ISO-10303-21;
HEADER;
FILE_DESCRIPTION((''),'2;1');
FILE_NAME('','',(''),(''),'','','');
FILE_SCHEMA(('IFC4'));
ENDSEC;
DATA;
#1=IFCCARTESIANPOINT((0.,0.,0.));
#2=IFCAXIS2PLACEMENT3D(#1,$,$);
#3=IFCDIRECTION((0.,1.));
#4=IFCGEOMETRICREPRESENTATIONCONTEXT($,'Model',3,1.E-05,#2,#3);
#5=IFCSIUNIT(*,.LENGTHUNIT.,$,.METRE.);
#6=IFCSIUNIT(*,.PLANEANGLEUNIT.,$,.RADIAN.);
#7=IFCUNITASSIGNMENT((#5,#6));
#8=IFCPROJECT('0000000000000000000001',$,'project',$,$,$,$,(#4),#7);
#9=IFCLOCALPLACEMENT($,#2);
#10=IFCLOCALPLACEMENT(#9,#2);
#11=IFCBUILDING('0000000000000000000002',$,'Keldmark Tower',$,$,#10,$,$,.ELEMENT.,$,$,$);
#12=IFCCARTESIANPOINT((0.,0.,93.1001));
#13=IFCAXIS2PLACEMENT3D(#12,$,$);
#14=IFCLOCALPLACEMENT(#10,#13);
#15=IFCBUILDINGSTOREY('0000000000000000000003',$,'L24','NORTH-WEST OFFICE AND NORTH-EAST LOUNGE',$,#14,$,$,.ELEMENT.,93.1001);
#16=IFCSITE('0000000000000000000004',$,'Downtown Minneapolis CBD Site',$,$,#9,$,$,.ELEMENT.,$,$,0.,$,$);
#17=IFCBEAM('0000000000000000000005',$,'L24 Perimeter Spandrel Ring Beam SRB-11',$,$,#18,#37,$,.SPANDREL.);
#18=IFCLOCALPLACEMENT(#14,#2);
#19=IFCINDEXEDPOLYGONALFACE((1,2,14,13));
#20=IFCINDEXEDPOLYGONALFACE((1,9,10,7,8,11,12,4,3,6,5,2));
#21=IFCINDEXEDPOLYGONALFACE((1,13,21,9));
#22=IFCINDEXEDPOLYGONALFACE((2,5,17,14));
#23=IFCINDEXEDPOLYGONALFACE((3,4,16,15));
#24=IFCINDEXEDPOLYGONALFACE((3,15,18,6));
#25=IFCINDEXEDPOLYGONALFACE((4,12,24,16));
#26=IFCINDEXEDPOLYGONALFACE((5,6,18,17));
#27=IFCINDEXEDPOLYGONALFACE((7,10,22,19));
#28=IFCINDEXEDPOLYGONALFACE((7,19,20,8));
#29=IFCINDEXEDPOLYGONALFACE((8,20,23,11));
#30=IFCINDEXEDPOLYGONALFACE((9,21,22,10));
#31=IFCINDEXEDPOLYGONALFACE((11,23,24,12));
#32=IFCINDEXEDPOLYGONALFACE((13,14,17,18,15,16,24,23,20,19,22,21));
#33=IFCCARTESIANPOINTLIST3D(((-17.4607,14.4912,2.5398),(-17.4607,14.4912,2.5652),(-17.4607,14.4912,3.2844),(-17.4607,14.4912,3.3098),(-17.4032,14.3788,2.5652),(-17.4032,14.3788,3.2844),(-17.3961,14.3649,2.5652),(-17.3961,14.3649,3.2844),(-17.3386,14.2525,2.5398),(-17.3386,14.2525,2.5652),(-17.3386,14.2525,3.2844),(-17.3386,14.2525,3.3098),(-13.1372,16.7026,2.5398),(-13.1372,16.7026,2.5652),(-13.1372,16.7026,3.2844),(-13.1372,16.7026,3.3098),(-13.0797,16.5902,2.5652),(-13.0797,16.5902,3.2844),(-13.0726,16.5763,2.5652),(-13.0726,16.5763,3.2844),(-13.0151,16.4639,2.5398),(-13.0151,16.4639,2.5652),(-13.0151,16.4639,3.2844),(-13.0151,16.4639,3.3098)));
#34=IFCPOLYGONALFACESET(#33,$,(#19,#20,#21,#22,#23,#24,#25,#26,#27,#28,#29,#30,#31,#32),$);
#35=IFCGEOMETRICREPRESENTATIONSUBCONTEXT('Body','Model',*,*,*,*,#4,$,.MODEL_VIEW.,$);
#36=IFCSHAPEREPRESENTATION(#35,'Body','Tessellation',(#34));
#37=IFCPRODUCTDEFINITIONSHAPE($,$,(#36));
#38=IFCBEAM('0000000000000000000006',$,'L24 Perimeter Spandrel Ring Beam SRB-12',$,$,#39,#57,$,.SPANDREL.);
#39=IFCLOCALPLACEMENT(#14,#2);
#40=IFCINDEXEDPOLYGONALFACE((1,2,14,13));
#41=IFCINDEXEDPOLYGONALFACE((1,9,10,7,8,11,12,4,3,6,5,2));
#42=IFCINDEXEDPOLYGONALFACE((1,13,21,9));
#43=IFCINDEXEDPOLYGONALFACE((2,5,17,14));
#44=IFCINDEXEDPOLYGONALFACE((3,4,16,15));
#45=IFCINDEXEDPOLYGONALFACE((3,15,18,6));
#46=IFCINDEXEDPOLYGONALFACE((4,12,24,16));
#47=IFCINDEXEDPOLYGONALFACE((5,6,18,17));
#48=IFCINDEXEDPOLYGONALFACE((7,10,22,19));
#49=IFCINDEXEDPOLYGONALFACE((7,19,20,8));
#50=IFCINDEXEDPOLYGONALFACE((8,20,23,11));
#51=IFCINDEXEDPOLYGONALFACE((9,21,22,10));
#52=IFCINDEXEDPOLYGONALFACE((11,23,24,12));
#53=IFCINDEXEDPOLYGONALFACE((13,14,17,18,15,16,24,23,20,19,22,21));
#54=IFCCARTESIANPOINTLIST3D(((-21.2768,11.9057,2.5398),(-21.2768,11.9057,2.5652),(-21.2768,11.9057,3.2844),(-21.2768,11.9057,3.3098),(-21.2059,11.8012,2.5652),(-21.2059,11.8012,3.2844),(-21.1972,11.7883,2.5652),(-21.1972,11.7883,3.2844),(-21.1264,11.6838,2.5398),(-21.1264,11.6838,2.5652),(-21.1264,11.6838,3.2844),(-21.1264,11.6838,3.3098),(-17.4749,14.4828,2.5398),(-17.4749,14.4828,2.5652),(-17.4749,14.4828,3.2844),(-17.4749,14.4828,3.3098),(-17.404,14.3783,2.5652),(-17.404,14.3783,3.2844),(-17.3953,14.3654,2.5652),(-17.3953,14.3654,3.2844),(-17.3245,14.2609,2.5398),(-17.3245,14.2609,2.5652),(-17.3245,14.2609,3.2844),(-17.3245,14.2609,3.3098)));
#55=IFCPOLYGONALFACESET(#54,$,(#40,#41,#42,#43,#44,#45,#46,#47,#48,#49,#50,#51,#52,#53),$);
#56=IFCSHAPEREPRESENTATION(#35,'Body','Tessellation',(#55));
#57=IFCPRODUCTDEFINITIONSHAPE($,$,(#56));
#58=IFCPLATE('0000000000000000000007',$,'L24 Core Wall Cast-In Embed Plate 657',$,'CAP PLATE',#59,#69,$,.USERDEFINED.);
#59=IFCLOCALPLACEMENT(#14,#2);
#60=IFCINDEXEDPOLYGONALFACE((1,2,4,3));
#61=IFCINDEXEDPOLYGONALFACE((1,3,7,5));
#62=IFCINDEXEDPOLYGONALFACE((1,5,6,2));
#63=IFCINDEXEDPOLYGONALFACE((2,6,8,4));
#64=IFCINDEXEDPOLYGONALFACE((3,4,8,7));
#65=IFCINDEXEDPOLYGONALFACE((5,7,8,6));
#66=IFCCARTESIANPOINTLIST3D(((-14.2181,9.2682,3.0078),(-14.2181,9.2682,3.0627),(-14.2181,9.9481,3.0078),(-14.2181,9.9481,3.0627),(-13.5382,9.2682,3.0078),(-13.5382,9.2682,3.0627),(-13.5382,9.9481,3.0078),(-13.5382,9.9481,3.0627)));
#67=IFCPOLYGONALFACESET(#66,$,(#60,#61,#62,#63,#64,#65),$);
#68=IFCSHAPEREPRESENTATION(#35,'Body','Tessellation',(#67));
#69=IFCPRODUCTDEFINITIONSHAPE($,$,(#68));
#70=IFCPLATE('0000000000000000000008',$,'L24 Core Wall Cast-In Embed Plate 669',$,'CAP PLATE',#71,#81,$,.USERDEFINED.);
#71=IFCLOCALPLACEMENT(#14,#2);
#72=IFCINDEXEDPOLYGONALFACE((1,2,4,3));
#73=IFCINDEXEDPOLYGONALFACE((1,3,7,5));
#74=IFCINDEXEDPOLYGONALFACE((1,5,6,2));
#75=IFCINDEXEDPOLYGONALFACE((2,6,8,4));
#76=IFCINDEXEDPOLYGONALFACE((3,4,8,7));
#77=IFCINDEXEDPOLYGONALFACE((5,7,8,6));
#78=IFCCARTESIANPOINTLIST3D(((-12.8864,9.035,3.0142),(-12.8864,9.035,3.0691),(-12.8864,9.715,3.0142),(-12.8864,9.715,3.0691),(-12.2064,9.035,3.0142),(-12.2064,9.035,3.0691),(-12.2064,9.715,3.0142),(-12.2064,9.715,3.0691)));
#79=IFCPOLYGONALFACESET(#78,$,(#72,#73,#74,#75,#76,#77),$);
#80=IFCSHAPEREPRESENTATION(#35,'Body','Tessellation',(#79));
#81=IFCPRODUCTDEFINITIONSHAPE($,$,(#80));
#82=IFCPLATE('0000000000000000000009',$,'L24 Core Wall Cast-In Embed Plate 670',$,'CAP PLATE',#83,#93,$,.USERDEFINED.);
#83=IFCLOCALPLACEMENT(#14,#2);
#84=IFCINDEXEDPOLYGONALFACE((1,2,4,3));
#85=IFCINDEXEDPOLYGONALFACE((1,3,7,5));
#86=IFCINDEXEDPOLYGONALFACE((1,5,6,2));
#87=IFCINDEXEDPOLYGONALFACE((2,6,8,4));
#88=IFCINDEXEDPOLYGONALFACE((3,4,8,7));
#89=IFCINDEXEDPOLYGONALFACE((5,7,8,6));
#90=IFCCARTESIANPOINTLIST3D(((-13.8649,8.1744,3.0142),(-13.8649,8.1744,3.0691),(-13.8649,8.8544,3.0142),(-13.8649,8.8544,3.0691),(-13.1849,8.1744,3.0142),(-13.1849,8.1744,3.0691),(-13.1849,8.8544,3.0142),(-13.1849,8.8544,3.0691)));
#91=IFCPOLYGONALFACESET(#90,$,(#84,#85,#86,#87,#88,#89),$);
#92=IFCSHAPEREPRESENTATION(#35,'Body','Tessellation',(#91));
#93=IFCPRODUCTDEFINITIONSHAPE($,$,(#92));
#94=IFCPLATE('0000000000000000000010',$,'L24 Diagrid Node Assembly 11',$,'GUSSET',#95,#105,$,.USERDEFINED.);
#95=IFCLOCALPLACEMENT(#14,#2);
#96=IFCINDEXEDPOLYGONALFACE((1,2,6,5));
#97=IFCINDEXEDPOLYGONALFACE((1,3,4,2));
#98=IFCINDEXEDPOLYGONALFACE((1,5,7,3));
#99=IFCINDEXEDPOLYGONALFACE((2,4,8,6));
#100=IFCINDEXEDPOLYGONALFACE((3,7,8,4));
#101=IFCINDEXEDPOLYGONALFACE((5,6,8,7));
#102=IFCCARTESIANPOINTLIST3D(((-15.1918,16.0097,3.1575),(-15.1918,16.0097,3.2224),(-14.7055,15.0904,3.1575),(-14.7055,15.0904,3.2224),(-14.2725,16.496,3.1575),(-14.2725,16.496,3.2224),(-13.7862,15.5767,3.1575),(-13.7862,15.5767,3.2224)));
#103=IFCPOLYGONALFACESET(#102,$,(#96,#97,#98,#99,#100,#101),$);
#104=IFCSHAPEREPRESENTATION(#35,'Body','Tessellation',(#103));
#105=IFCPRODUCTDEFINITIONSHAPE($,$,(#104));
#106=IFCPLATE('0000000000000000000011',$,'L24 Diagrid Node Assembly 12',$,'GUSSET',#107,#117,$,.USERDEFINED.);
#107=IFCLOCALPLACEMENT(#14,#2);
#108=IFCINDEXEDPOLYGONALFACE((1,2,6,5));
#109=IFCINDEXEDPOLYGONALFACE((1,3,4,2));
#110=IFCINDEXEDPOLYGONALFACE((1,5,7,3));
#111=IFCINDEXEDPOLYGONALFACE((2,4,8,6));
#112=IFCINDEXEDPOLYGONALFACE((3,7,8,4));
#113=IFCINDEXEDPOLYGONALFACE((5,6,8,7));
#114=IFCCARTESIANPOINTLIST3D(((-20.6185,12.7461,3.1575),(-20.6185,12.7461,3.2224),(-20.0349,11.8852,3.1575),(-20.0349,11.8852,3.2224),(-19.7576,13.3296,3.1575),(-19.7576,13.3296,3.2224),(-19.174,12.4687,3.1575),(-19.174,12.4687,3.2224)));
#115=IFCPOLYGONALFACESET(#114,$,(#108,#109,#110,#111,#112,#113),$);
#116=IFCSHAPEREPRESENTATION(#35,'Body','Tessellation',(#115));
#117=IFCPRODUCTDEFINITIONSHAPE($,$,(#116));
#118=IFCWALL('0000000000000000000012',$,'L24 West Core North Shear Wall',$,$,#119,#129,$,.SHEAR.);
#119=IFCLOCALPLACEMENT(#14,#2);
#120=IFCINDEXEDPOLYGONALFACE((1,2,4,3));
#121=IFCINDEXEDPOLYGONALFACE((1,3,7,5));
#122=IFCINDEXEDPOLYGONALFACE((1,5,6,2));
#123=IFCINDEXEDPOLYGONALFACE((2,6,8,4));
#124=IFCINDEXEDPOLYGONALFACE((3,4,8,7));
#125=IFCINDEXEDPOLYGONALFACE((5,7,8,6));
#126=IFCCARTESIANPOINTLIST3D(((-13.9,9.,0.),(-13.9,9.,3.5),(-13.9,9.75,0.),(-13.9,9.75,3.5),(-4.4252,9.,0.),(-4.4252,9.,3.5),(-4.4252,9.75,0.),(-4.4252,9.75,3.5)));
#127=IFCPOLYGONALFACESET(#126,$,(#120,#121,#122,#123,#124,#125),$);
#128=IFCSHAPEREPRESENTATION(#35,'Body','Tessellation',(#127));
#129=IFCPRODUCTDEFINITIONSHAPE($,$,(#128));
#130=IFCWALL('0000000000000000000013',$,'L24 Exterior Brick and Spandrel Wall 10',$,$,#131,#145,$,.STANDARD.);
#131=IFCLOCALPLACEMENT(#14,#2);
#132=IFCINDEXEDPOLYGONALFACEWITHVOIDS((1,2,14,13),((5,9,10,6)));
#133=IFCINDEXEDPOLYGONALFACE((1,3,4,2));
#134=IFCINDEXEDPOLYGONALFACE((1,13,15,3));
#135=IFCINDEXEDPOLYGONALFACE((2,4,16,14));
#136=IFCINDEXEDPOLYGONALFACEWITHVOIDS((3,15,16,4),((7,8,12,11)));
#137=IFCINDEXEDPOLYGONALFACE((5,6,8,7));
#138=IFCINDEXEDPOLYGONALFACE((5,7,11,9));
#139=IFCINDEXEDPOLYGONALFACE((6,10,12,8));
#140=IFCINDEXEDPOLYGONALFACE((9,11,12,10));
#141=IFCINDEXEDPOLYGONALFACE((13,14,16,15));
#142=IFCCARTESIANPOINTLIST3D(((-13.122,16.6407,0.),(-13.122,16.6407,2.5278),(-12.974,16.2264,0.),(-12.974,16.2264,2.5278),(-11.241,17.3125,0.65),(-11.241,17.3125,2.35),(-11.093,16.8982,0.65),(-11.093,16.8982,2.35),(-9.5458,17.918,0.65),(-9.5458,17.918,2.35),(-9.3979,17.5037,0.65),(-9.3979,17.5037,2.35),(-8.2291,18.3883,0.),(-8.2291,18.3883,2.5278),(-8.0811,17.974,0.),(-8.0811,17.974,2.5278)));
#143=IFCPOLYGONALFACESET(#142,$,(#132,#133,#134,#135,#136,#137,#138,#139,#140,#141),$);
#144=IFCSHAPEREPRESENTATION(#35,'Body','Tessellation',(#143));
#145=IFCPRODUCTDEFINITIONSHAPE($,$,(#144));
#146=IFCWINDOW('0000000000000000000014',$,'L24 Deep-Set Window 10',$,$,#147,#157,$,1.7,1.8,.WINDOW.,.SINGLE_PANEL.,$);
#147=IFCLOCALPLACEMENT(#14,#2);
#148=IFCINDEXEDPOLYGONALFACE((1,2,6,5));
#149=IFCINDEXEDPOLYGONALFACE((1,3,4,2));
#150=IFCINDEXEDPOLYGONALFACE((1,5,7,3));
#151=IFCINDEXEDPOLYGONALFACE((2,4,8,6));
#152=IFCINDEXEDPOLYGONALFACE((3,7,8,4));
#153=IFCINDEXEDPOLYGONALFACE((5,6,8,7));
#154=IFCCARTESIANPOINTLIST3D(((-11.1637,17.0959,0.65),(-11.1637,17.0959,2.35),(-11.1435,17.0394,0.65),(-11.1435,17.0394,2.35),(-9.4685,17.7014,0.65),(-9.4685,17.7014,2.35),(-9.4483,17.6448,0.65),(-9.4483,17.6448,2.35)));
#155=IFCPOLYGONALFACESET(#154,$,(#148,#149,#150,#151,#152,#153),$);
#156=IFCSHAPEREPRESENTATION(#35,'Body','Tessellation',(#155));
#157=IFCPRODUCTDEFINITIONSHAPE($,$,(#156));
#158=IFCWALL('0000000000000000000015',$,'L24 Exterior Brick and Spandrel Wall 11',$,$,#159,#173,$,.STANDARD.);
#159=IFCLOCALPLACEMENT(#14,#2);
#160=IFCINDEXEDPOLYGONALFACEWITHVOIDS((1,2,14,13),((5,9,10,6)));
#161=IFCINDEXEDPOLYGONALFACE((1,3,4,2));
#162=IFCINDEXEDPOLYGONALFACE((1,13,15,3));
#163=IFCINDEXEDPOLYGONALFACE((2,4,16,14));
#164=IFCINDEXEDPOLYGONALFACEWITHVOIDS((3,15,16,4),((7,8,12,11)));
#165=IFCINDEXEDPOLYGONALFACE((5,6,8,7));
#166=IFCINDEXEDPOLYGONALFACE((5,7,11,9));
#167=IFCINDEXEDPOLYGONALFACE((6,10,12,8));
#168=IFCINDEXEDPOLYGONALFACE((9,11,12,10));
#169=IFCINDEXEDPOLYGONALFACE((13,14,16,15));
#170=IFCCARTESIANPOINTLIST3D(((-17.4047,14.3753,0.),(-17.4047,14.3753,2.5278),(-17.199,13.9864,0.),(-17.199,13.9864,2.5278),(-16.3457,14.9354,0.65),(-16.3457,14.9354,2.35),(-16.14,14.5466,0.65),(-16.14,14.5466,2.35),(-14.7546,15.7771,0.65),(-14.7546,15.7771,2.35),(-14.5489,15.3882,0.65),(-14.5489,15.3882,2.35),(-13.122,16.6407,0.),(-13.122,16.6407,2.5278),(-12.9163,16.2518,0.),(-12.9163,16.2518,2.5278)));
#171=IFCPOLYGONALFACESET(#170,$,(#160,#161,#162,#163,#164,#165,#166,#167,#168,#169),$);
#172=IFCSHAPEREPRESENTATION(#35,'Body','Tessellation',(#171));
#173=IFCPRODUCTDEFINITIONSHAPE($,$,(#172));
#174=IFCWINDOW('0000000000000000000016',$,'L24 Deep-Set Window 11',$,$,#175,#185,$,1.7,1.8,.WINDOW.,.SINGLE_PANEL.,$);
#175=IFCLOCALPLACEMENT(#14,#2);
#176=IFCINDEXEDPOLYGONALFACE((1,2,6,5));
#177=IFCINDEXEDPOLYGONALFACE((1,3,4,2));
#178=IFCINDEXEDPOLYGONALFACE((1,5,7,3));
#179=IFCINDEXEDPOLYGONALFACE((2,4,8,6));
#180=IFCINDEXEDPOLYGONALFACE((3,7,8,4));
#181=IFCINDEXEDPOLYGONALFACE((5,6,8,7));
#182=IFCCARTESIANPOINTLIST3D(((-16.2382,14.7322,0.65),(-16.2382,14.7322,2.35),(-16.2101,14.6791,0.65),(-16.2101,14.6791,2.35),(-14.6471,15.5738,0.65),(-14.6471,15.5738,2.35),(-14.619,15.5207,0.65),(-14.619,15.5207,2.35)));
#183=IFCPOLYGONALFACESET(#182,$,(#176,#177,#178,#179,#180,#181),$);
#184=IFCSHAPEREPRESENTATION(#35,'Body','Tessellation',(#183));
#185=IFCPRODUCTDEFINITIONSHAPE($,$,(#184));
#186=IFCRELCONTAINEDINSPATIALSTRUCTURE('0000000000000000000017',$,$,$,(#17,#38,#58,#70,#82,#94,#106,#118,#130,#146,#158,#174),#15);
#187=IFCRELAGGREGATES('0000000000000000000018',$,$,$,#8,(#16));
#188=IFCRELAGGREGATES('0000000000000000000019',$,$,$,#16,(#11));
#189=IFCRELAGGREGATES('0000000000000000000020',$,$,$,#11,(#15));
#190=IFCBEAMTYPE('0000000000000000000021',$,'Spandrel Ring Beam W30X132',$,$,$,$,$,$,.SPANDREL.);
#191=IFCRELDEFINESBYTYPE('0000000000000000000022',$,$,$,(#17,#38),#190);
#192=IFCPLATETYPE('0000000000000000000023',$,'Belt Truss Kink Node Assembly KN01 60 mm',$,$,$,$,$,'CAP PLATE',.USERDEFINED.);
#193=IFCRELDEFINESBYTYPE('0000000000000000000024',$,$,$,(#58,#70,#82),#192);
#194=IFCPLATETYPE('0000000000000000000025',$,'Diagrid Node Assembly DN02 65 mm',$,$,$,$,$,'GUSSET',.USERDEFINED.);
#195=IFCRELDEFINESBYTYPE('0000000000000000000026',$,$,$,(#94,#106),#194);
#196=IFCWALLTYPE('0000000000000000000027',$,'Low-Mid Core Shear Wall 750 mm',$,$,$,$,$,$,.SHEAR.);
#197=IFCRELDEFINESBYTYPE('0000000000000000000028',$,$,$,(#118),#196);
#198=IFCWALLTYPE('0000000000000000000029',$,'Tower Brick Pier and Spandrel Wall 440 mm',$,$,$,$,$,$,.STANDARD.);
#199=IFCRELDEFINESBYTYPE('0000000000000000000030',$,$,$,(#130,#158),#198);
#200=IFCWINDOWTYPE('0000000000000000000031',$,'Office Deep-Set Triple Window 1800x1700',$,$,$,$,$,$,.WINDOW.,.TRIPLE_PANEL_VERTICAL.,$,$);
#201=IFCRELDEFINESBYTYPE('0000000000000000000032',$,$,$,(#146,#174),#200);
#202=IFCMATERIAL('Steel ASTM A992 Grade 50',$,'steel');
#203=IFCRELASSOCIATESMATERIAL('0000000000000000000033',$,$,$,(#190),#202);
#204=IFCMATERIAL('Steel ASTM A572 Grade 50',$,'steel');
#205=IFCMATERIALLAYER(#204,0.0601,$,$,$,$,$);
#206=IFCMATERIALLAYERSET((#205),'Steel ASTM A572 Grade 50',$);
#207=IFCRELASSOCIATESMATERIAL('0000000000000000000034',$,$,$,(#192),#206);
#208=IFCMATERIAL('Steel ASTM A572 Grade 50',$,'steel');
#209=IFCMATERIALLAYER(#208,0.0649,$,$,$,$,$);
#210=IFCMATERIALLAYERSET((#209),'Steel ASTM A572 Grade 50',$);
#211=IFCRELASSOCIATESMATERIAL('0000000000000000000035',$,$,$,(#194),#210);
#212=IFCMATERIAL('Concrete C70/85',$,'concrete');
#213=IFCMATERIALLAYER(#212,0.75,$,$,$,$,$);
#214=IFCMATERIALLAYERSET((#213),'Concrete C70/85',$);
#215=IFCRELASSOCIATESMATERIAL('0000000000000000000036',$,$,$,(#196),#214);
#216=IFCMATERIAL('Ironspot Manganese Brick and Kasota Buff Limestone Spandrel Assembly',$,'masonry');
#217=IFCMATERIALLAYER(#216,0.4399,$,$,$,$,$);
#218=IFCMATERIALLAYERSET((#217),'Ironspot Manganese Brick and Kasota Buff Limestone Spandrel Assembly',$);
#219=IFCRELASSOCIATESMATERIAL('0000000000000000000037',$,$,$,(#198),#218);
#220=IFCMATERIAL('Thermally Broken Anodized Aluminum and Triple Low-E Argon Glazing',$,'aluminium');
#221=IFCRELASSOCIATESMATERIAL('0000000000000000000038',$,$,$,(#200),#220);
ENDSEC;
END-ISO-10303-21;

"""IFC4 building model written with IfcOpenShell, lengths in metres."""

from ifc_helpers import new_model, si_unit, direction, frame, frame_2d, origin, origin_2d, place, context, subcontext, project, spatial, rectangle, i_section, extrude, material, layer, layer_set, material_profile, profile_set, type_object, element, fill, save


model = new_model("IFC4")

# Units and contexts
model_context = context("Model", 3, precision=1e-05, world=origin(), true_north=direction((0.0, 1.0)))
body_context = subcontext(model_context, "Body", "Model", "MODEL_VIEW")
ifc_project = project(units=[si_unit("LENGTHUNIT", "METRE"), si_unit("PLANEANGLEUNIT", "RADIAN")], contexts=[model_context])

# Site, building, storey
site_placement = place(None, origin())
site = spatial("IfcSite", under=ifc_project, at=site_placement, Name="Downtown Minneapolis CBD Site", CompositionType="ELEMENT", RefElevation=0.0)
building_placement = place(site_placement, origin())
building = spatial("IfcBuilding", under=site, at=building_placement, Name="Keldmark Tower", CompositionType="ELEMENT")
storey_placement = place(building_placement, frame((0.0, 0.0, 93.1001)))
storey = spatial("IfcBuildingStorey", under=building, at=storey_placement, Name="L24", Description="NORTH-WEST OFFICE AND NORTH-EAST LOUNGE", CompositionType="ELEMENT", Elevation=93.1001)

# Beams
ifc_material_1 = material(Name="Steel ASTM A992 Grade 50", Category="steel")
ifc_material_profile_1 = material_profile(ifc_material_1, i_section(OverallWidth=0.2681, OverallDepth=0.77, WebThickness=0.0156, FlangeThickness=0.0254, at=origin_2d()), Name="W30X132")
ifc_profile_set_1 = profile_set([ifc_material_profile_1], Name="Steel ASTM A992 Grade 50")
beam_type_1 = type_object("IfcBeamType", Name="Spandrel Ring Beam W30X132", PredefinedType="SPANDREL", material=ifc_profile_set_1)
beam_1_placement = place(storey_placement, frame((-13.0762, 16.5833, 2.9248), z_axis=(-0.890297, -0.455379, 0.0), x_axis=(0.455379, -0.890297, 0.0)))
element("IfcBeam", 1, at=beam_1_placement, inside=storey, type_object=beam_type_1, Name="L24 Perimeter Spandrel Ring Beam SRB-11", PredefinedType="SPANDREL", context=body_context, shape_type="SweptSolid", body=[
    extrude(i_section(OverallWidth=0.2681, OverallDepth=0.77, WebThickness=0.0156, FlangeThickness=0.0254, at=origin_2d()), origin(), (0.0, 0.0, 1.0), 4.8562),
])
beam_2_placement = place(storey_placement, frame((-17.3997, 14.3718, 2.9248), z_axis=(-0.827757, -0.561087, 0.0), x_axis=(0.561087, -0.827757, 0.0)))
element("IfcBeam", 2, at=beam_2_placement, inside=storey, type_object=beam_type_1, Name="L24 Perimeter Spandrel Ring Beam SRB-12", PredefinedType="SPANDREL", context=body_context, shape_type="SweptSolid", body=[
    extrude(i_section(OverallWidth=0.2681, OverallDepth=0.77, WebThickness=0.0156, FlangeThickness=0.0254, at=origin_2d()), origin(), (0.0, 0.0, 1.0), 4.593),
])

# Plates
ifc_material_2 = material(Name="Steel ASTM A572 Grade 50", Category="steel")
ifc_layer_1 = layer(ifc_material_2, 0.0601)
ifc_layer_set_1 = layer_set([ifc_layer_1], Name="Steel ASTM A572 Grade 50")
plate_type_1 = type_object("IfcPlateType", Name="Belt Truss Kink Node Assembly KN01 60 mm", ElementType="CAP PLATE", PredefinedType="USERDEFINED", material=ifc_layer_set_1)
for number, where, z_axis, x_axis, name in (
    (3, (-13.8782, 9.6082, 3.0078), (0.0, 0.0, 1.0), (1.0, 0.0, 0.0), "L24 Core Wall Cast-In Embed Plate 657"),
    (4, (-12.5464, 9.375, 3.0142), (0.0, 0.0, 1.0), (1.0, 0.0, 0.0), "L24 Core Wall Cast-In Embed Plate 669"),
    (5, (-13.5249, 8.5144, 3.0142), (0.0, 0.0, 1.0), (1.0, 0.0, 0.0), "L24 Core Wall Cast-In Embed Plate 670"),
):
    element("IfcPlate", number, at=place(storey_placement, frame(where, z_axis=z_axis, x_axis=x_axis)), inside=storey, type_object=plate_type_1, Name=name, ObjectType="CAP PLATE", PredefinedType="USERDEFINED", context=body_context, shape_type="SweptSolid", body=[
        extrude(rectangle(XDim=0.6799, YDim=0.6799, at=origin_2d()), origin(), (0.0, 0.0, 1.0), 0.0549),
    ])
ifc_material_3 = material(Name="Steel ASTM A572 Grade 50", Category="steel")
ifc_layer_2 = layer(ifc_material_3, 0.0649)
ifc_layer_set_2 = layer_set([ifc_layer_2], Name="Steel ASTM A572 Grade 50")
plate_type_2 = type_object("IfcPlateType", Name="Diagrid Node Assembly DN02 65 mm", ElementType="GUSSET", PredefinedType="USERDEFINED", material=ifc_layer_set_2)
for number, where, z_axis, x_axis, name in (
    (6, (-14.489, 15.7932, 3.1575), (0.0, 0.0, 1.0), (-0.883929, -0.467621, 0.0), "L24 Diagrid Node Assembly 11"),
    (7, (-19.8962, 12.6074, 3.1575), (0.0, 0.0, 1.0), (-0.827767, -0.561072, 0.0), "L24 Diagrid Node Assembly 12"),
):
    element("IfcPlate", number, at=place(storey_placement, frame(where, z_axis=z_axis, x_axis=x_axis)), inside=storey, type_object=plate_type_2, Name=name, ObjectType="GUSSET", PredefinedType="USERDEFINED", context=body_context, shape_type="SweptSolid", body=[
        extrude(rectangle(XDim=1.04, YDim=1.04, at=origin_2d()), origin(), (0.0, 0.0, 1.0), 0.0649),
    ])

# Wall
ifc_material_4 = material(Name="Concrete C70/85", Category="concrete")
ifc_layer_3 = layer(ifc_material_4, 0.75)
ifc_layer_set_3 = layer_set([ifc_layer_3], Name="Concrete C70/85")
wall_type_1 = type_object("IfcWallType", Name="Low-Mid Core Shear Wall 750 mm", PredefinedType="SHEAR", material=ifc_layer_set_3)
wall_1_placement = place(storey_placement, frame((-13.8999, 9.375, 0.0), z_axis=(0.0, 0.0, 1.0), x_axis=(1.0, 0.0, 0.0)))
element("IfcWall", 8, at=wall_1_placement, inside=storey, type_object=wall_type_1, Name="L24 West Core North Shear Wall", PredefinedType="SHEAR", context=body_context, shape_type="SweptSolid", body=[
    extrude(rectangle(XDim=9.4749, YDim=0.75, at=frame_2d((4.7373, 0.0))), origin(), (0.0, 0.0, 1.0), 3.5),
])

# Walls, openings, windows
ifc_material_5 = material(Name="Ironspot Manganese Brick and Kasota Buff Limestone Spandrel Assembly", Category="masonry")
ifc_layer_4 = layer(ifc_material_5, 0.4399)
ifc_layer_set_4 = layer_set([ifc_layer_4], Name="Ironspot Manganese Brick and Kasota Buff Limestone Spandrel Assembly")
wall_type_2 = type_object("IfcWallType", Name="Tower Brick Pier and Spandrel Wall 440 mm", PredefinedType="STANDARD", material=ifc_layer_set_4)
wall_2_placement = place(storey_placement, frame((-13.0479, 16.4336, 0.0), z_axis=(0.0, 0.0, 1.0), x_axis=(0.941734, 0.336357, 0.0)))
wall_2 = element("IfcWall", 9, at=wall_2_placement, inside=storey, type_object=wall_type_2, Name="L24 Exterior Brick and Spandrel Wall 10", PredefinedType="STANDARD", context=body_context, shape_type="SweptSolid", body=[
    extrude(rectangle(XDim=5.1956, YDim=0.4399, at=frame_2d((2.5977, 0.0))), origin(), (0.0, 0.0, 1.0), 2.5278),
])
opening_1_placement = place(wall_2_placement, frame((1.9973, 0.0, 0.6499)))
opening_1 = element("IfcOpeningElement", 10, at=opening_1_placement, cuts=wall_2, PredefinedType="OPENING", context=body_context, shape_type="SweptSolid", body=[
    extrude(rectangle(XDim=1.8, YDim=1.7, at=frame_2d((0.8999, 0.8501))), frame((0.0, 0.23, 0.0), z_axis=(0.0, -1.0, 0.0), x_axis=(1.0, 0.0, 0.0)), (0.0, 0.0, 1.0), 0.46),
])
ifc_material_6 = material(Name="Thermally Broken Anodized Aluminum and Triple Low-E Argon Glazing", Category="aluminium")
window_type = type_object("IfcWindowType", Name="Office Deep-Set Triple Window 1800x1700", PartitioningType="TRIPLE_PANEL_VERTICAL", PredefinedType="WINDOW", material=ifc_material_6)
window_1_placement = place(opening_1_placement, origin())
window_1 = element("IfcWindow", 11, at=window_1_placement, inside=storey, type_object=window_type, Name="L24 Deep-Set Window 10", OverallHeight=1.7, OverallWidth=1.8, PartitioningType="SINGLE_PANEL", PredefinedType="WINDOW", context=body_context, shape_type="SweptSolid", body=[
    extrude(rectangle(XDim=1.8, YDim=1.7, at=frame_2d((0.8999, 0.8501))), frame((0.0, -0.01, 0.0), z_axis=(0.0, -1.0, 0.0), x_axis=(1.0, 0.0, 0.0)), (0.0, 0.0, 1.0), 0.0601),
])
fill(opening_1, window_1)
wall_3_placement = place(storey_placement, frame((-17.3018, 14.1809, 0.0), z_axis=(0.0, 0.0, 1.0), x_axis=(0.883953, 0.467575, 0.0)))
wall_3 = element("IfcWall", 12, at=wall_3_placement, inside=storey, type_object=wall_type_2, Name="L24 Exterior Brick and Spandrel Wall 11", PredefinedType="STANDARD", context=body_context, shape_type="SweptSolid", body=[
    extrude(rectangle(XDim=4.845, YDim=0.4399, at=frame_2d((2.4224, 0.0))), origin(), (0.0, 0.0, 1.0), 2.5278),
])
opening_2_placement = place(wall_3_placement, frame((1.198, 0.0, 0.6499)))
opening_2 = element("IfcOpeningElement", 13, at=opening_2_placement, cuts=wall_3, PredefinedType="OPENING", context=body_context, shape_type="SweptSolid", body=[
    extrude(rectangle(XDim=1.8, YDim=1.7, at=frame_2d((0.8999, 0.8501))), frame((0.0, 0.23, 0.0), z_axis=(0.0, -1.0, 0.0), x_axis=(1.0, 0.0, 0.0)), (0.0, 0.0, 1.0), 0.46),
])
window_2_placement = place(opening_2_placement, origin())
window_2 = element("IfcWindow", 14, at=window_2_placement, inside=storey, type_object=window_type, Name="L24 Deep-Set Window 11", OverallHeight=1.7, OverallWidth=1.8, PartitioningType="SINGLE_PANEL", PredefinedType="WINDOW", context=body_context, shape_type="SweptSolid", body=[
    extrude(rectangle(XDim=1.8, YDim=1.7, at=frame_2d((0.8999, 0.8501))), frame((0.0, -0.01, 0.0), z_axis=(0.0, -1.0, 0.0), x_axis=(1.0, 0.0, 0.0)), (0.0, 0.0, 1.0), 0.0601),
])
fill(opening_2, window_2)

save(model, "model.ifc")
